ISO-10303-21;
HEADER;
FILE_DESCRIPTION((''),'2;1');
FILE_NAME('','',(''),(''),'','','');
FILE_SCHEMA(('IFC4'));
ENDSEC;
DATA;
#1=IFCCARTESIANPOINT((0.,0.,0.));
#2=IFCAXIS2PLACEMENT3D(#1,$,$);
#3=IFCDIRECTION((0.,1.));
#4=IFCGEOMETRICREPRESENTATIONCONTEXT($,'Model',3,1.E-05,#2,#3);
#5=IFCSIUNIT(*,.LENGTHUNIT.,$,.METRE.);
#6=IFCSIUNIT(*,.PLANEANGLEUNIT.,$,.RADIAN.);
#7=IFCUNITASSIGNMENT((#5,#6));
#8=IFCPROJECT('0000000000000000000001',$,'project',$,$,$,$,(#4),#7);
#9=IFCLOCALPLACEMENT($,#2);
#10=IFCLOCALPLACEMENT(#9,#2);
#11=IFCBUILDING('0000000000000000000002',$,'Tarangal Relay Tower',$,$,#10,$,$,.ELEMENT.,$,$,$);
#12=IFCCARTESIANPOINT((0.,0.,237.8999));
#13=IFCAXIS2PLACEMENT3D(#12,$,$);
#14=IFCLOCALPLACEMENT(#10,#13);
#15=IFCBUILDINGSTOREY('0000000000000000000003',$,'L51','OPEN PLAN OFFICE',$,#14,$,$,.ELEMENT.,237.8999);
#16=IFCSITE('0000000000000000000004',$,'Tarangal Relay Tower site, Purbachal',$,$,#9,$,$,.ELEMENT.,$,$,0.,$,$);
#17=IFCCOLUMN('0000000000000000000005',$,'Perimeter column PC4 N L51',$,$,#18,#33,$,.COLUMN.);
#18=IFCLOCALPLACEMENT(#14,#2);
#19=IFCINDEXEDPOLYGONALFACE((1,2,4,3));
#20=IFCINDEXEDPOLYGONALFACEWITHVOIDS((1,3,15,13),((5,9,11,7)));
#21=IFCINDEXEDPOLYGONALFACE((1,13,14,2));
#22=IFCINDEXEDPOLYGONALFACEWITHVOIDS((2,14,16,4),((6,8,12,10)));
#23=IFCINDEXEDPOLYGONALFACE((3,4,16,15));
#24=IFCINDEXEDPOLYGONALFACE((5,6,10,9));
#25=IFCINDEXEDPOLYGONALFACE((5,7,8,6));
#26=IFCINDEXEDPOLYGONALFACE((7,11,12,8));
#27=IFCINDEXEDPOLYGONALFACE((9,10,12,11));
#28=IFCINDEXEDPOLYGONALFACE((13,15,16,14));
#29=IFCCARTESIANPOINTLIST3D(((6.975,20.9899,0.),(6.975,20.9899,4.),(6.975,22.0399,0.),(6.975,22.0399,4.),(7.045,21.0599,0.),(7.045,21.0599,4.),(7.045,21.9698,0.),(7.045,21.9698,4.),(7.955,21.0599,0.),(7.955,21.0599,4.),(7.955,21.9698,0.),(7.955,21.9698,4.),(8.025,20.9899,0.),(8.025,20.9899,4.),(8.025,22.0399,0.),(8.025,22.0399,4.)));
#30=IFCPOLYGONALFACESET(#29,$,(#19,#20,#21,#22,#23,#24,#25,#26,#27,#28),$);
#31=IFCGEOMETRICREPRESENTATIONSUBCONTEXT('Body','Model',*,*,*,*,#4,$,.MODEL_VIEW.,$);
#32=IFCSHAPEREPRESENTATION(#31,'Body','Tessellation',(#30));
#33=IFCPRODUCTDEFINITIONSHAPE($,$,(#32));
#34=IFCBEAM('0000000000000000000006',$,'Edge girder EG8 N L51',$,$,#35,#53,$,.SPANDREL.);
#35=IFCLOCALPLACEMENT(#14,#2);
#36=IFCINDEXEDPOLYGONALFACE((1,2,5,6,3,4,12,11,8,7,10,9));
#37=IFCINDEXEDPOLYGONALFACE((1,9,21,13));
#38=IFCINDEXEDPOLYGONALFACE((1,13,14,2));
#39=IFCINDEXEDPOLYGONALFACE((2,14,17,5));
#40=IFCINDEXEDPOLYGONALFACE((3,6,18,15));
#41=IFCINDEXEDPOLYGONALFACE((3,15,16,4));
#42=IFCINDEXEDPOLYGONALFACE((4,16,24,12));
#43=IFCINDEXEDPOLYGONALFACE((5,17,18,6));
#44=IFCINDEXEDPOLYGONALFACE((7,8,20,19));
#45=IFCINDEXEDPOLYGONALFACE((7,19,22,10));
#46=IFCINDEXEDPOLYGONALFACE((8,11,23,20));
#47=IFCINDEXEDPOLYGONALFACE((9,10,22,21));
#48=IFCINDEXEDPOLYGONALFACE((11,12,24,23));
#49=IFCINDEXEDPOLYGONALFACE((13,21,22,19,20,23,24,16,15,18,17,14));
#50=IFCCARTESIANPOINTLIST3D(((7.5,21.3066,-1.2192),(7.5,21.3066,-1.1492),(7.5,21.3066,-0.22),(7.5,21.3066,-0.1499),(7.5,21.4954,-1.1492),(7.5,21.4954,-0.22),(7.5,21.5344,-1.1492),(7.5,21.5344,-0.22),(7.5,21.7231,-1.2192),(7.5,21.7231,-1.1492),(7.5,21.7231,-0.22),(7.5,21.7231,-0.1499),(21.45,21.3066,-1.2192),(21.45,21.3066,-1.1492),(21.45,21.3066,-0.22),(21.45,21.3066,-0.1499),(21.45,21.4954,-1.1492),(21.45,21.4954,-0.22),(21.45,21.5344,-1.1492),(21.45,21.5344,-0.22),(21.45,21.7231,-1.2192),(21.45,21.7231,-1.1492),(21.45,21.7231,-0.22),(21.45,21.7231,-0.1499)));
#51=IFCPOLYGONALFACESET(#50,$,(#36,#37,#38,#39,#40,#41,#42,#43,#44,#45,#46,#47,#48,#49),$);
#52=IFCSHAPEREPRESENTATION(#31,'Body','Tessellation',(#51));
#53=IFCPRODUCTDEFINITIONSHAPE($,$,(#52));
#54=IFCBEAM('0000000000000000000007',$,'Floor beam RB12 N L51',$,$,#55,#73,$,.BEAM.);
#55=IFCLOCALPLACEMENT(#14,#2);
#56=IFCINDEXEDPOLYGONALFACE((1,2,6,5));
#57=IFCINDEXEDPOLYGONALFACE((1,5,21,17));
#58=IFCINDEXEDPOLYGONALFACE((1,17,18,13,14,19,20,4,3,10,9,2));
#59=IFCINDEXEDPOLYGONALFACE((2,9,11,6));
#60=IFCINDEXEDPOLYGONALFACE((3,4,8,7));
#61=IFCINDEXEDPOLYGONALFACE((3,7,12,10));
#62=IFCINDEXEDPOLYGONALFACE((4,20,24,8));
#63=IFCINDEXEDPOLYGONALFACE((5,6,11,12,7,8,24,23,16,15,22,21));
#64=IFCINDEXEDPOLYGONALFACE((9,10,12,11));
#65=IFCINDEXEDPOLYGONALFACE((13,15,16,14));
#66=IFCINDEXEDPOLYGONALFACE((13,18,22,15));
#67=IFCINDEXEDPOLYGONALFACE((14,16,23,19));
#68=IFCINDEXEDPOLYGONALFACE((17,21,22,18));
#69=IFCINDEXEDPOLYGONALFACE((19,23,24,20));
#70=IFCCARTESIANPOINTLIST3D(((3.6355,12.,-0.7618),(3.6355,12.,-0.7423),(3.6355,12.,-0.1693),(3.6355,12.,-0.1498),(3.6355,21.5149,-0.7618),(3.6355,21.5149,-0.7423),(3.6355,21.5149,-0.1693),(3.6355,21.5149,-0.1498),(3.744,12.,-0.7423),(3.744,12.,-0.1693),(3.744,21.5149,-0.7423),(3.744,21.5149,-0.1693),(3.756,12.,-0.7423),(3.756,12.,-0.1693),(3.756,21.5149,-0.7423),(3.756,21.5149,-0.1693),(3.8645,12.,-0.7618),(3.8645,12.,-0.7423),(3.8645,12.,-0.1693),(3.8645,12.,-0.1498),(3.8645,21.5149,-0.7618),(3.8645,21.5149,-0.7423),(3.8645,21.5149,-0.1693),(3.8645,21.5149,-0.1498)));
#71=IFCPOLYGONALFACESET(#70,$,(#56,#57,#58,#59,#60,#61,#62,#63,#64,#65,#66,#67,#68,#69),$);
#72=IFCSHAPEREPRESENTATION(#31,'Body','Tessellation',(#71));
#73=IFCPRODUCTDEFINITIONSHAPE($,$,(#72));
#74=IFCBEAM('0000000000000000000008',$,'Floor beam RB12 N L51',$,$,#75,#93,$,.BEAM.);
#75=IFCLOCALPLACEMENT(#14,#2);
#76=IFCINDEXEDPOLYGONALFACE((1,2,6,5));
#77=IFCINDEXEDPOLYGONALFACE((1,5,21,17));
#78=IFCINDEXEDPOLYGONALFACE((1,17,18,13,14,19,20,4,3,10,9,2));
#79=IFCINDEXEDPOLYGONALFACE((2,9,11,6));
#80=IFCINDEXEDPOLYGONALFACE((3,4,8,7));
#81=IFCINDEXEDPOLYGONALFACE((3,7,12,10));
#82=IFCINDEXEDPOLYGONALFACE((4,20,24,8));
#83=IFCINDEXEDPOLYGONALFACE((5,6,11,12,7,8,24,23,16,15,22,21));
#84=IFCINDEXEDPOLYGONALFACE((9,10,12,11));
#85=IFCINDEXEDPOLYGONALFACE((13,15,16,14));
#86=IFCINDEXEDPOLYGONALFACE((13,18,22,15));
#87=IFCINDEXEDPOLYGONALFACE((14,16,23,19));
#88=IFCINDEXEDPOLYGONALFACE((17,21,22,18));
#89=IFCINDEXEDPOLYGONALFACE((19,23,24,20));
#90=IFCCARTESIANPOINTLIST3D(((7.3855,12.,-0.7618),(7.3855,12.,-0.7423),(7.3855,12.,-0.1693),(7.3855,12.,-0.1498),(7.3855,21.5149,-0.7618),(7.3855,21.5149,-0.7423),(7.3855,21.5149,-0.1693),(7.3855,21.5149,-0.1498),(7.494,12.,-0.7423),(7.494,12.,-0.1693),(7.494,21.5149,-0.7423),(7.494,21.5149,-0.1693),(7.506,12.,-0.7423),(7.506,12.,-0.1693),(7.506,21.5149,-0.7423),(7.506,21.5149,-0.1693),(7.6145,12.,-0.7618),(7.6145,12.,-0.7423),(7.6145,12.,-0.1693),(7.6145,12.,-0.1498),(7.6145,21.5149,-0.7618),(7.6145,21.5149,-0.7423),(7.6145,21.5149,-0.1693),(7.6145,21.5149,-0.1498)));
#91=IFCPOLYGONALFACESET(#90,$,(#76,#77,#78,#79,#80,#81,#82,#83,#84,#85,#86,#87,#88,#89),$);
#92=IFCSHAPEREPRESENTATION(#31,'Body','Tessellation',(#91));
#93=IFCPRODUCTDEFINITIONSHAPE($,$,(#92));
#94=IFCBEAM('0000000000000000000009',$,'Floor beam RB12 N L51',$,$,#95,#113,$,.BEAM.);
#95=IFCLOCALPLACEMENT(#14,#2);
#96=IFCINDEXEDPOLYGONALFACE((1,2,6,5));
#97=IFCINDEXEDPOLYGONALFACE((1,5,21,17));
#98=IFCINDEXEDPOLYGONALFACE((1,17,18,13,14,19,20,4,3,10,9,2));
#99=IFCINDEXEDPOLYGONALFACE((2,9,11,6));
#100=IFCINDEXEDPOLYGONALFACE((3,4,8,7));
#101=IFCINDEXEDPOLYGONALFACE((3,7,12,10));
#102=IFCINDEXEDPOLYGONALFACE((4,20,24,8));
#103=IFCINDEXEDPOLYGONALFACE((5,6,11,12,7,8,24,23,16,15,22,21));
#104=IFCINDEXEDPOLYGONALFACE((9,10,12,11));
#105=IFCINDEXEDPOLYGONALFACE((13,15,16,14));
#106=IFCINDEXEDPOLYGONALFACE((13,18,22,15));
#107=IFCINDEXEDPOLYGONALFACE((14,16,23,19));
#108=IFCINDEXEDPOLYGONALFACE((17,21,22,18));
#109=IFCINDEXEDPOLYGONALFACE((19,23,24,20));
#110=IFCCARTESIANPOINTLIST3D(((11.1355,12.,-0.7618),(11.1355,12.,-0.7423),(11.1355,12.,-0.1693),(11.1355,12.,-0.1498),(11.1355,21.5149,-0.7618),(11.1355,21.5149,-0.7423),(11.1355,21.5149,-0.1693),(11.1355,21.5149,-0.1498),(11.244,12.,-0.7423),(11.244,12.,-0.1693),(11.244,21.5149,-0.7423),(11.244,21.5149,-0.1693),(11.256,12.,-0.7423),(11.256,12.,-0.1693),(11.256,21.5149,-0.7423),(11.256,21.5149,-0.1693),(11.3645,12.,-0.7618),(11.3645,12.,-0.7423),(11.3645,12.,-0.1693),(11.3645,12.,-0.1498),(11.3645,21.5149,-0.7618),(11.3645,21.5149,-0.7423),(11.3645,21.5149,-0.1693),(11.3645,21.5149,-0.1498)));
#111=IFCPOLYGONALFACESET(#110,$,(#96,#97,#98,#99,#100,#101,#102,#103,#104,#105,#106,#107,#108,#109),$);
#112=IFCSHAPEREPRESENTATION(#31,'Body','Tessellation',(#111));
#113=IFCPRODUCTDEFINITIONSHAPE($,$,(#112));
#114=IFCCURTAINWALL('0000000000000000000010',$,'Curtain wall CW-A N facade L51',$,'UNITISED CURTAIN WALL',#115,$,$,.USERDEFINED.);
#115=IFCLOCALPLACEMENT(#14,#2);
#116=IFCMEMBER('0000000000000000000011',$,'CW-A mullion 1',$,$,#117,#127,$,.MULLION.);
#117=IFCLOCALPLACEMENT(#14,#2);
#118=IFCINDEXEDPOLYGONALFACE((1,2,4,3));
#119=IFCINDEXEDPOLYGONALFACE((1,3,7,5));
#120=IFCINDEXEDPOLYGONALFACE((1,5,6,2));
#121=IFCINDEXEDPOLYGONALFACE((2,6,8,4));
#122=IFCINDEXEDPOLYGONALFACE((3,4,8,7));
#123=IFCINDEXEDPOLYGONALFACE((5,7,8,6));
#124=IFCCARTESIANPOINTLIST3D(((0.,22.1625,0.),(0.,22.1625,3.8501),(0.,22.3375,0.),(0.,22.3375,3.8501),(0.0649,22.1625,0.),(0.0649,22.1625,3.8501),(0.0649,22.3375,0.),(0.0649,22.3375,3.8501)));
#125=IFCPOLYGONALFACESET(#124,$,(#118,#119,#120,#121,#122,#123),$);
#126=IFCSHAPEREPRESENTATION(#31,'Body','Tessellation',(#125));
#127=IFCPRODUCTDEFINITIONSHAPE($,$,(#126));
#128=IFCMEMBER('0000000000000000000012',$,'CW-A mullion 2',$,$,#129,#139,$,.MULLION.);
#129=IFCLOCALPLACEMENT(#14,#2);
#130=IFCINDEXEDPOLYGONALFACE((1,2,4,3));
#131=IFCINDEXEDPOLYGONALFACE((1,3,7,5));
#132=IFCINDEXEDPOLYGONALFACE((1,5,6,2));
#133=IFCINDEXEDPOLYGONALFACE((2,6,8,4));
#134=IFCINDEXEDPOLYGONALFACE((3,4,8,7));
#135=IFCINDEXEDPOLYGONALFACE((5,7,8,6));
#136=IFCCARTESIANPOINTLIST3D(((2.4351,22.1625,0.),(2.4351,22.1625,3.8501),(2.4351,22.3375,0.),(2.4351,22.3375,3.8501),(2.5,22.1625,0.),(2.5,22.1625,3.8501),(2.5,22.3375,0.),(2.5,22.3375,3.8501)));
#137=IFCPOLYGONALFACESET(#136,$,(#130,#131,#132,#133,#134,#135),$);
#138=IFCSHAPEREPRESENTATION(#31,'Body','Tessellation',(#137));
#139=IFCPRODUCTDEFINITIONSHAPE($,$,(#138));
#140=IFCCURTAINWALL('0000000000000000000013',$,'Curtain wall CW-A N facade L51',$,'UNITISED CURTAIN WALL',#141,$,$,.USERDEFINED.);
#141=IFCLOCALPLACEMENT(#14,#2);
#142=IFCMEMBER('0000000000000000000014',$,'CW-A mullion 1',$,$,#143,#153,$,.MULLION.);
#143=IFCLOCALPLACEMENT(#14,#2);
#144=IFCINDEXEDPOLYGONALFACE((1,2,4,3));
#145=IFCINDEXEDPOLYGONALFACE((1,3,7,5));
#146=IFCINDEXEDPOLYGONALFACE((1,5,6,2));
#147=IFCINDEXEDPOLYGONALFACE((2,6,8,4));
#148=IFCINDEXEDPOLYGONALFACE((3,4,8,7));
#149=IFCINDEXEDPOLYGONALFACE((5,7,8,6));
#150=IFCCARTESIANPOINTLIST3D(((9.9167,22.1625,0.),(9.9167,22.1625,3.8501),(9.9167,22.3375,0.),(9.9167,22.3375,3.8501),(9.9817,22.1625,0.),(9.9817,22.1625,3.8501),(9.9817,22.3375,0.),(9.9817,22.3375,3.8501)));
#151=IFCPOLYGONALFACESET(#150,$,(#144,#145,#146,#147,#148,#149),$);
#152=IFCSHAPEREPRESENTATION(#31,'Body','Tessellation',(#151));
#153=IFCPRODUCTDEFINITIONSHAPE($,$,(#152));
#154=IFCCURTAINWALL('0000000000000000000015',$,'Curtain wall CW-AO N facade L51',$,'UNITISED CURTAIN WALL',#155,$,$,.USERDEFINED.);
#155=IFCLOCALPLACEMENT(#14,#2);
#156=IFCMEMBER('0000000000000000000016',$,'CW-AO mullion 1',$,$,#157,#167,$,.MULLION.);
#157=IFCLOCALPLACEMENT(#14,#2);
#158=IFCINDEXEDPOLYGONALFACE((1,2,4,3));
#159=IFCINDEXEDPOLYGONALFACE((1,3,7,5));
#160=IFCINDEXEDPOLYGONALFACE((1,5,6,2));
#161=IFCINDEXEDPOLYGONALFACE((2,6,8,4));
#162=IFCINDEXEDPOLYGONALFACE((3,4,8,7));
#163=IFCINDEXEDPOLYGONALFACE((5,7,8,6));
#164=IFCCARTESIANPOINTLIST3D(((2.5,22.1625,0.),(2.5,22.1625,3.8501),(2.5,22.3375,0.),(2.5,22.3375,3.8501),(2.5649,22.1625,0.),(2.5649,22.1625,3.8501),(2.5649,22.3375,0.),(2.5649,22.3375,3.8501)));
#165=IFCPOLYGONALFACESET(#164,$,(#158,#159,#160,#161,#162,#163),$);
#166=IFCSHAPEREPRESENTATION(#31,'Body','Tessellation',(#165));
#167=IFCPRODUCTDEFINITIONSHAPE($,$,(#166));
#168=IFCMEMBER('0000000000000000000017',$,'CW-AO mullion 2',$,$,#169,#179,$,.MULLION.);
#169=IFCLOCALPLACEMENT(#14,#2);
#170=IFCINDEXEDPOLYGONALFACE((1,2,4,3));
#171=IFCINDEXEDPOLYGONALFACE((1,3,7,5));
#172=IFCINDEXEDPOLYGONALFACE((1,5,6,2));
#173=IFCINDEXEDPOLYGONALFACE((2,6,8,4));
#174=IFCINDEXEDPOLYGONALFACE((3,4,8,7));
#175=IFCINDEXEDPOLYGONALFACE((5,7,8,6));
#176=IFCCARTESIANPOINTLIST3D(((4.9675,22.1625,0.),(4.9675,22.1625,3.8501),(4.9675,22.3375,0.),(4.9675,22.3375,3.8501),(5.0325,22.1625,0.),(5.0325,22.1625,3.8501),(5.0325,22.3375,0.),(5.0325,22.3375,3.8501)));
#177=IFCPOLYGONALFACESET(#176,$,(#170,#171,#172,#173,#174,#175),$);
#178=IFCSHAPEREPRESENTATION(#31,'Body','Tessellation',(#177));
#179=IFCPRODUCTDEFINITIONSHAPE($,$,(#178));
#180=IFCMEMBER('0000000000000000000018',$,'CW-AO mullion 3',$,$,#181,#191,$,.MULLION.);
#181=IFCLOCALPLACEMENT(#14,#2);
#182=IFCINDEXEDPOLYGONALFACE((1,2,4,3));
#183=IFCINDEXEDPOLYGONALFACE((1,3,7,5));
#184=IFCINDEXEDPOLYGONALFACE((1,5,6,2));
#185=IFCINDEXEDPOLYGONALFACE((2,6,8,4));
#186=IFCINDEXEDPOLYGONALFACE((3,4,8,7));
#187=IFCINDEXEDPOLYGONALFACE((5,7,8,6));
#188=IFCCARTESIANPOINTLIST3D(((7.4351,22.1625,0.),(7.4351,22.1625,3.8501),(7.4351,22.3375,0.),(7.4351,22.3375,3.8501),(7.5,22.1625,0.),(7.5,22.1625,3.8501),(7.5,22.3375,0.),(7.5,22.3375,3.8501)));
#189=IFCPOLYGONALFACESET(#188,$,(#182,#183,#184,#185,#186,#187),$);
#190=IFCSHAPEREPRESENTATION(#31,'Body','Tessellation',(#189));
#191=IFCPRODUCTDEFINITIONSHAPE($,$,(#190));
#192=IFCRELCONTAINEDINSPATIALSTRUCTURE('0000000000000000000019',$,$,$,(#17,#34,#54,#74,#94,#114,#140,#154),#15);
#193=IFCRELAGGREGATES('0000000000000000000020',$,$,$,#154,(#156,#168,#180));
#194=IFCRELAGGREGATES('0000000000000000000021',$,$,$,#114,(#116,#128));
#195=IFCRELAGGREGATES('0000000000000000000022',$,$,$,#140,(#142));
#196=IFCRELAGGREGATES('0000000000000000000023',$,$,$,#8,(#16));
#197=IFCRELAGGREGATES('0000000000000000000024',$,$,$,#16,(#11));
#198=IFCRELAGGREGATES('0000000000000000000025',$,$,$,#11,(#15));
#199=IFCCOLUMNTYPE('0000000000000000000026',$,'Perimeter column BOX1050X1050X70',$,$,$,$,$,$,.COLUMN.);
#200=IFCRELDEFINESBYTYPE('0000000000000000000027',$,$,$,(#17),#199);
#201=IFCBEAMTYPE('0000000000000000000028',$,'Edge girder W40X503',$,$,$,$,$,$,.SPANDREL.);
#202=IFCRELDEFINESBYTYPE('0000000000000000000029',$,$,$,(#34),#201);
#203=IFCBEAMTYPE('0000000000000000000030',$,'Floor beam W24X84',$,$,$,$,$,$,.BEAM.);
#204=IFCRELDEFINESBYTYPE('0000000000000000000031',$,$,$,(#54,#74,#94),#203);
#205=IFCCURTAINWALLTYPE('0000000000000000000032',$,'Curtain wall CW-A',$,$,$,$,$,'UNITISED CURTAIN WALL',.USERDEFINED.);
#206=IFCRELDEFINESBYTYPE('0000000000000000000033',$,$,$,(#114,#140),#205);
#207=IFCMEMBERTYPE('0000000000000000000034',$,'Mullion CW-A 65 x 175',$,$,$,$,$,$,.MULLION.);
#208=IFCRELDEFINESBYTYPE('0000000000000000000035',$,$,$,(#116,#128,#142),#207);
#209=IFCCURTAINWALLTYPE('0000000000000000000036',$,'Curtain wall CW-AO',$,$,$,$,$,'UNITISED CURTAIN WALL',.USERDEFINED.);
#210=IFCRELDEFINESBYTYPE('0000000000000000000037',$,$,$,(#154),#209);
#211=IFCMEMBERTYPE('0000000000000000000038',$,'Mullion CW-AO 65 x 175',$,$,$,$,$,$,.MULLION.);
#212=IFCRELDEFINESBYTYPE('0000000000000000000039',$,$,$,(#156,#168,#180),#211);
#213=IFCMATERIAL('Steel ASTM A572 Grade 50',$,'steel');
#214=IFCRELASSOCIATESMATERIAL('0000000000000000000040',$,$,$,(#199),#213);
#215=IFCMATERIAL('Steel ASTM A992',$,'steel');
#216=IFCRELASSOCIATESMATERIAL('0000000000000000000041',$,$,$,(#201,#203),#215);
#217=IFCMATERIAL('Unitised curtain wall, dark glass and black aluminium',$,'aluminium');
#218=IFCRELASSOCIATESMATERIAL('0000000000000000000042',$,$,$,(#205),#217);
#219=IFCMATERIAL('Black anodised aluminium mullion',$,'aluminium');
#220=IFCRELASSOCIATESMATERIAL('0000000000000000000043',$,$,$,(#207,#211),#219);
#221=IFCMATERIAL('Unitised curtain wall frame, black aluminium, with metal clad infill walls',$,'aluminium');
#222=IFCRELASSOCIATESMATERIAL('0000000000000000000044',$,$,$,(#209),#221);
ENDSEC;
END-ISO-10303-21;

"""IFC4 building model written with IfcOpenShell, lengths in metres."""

from ifc_helpers import new_model, si_unit, direction, frame, origin, origin_2d, place, context, subcontext, project, spatial, rectangle, hollow_rectangle, i_section, extrude, material, material_profile, profile_set, type_object, element, aggregate, save


model = new_model("IFC4")

# Units and contexts
model_context = context("Model", 3, precision=1e-05, world=origin(), true_north=direction((0.0, 1.0)))
body_context = subcontext(model_context, "Body", "Model", "MODEL_VIEW")
ifc_project = project(units=[si_unit("LENGTHUNIT", "METRE"), si_unit("PLANEANGLEUNIT", "RADIAN")], contexts=[model_context])

# Site, building, storey
site_placement = place(None, origin())
site = spatial("IfcSite", under=ifc_project, at=site_placement, Name="Tarangal Relay Tower site, Purbachal", CompositionType="ELEMENT", RefElevation=0.0)
building_placement = place(site_placement, origin())
building = spatial("IfcBuilding", under=site, at=building_placement, Name="Tarangal Relay Tower", CompositionType="ELEMENT")
storey_placement = place(building_placement, frame((0.0, 0.0, 237.8999)))
storey = spatial("IfcBuildingStorey", under=building, at=storey_placement, Name="L51", Description="OPEN PLAN OFFICE", CompositionType="ELEMENT", Elevation=237.8999)

# Column
ifc_material_1 = material(Name="Steel ASTM A572 Grade 50", Category="steel")
ifc_material_profile_1 = material_profile(ifc_material_1, hollow_rectangle(XDim=1.05, YDim=1.05, WallThickness=0.0701, at=origin_2d()), Name="BOX1050X1050X70")
ifc_profile_set_1 = profile_set([ifc_material_profile_1], Name="Steel ASTM A572 Grade 50")
column_type = type_object("IfcColumnType", Name="Perimeter column BOX1050X1050X70", PredefinedType="COLUMN", material=ifc_profile_set_1)
column_placement = place(storey_placement, frame((7.5, 21.5149, 0.0), z_axis=(0.0, 0.0, 1.0), x_axis=(1.0, 0.0, 0.0)))
element("IfcColumn", 1, at=column_placement, inside=storey, type_object=column_type, Name="Perimeter column PC4 N L51", PredefinedType="COLUMN", context=body_context, shape_type="SweptSolid", body=[
    extrude(hollow_rectangle(XDim=1.05, YDim=1.05, WallThickness=0.0701, at=origin_2d()), origin(), (0.0, 0.0, 1.0), 4.0),
])

# Beams
ifc_material_2 = material(Name="Steel ASTM A992", Category="steel")
ifc_material_profile_2 = material_profile(ifc_material_2, i_section(OverallWidth=0.4165, OverallDepth=1.0693, WebThickness=0.0391, FlangeThickness=0.0701, at=origin_2d()), Name="W40X503")
ifc_profile_set_2 = profile_set([ifc_material_profile_2], Name="Steel ASTM A992")
beam_type_1 = type_object("IfcBeamType", Name="Edge girder W40X503", PredefinedType="SPANDREL", material=ifc_profile_set_2)
beam_placement = place(storey_placement, frame((7.5, 21.5149, -0.6846), z_axis=(1.0, 0.0, 0.0), x_axis=(0.0, 1.0, 0.0)))
element("IfcBeam", 2, at=beam_placement, inside=storey, type_object=beam_type_1, Name="Edge girder EG8 N L51", PredefinedType="SPANDREL", context=body_context, shape_type="SweptSolid", body=[
    extrude(i_section(OverallWidth=0.4165, OverallDepth=1.0693, WebThickness=0.0391, FlangeThickness=0.0701, at=origin_2d()), origin(), (0.0, 0.0, 1.0), 13.95),
])
ifc_material_profile_3 = material_profile(ifc_material_2, i_section(OverallWidth=0.229, OverallDepth=0.6121, WebThickness=0.012, FlangeThickness=0.0195, at=origin_2d()), Name="W24X84")
ifc_profile_set_3 = profile_set([ifc_material_profile_3], Name="Steel ASTM A992")
beam_type_2 = type_object("IfcBeamType", Name="Floor beam W24X84", PredefinedType="BEAM", material=ifc_profile_set_3)
for number, where, z_axis, x_axis, name in (
    (3, (3.75, 12.0, -0.4558), (0.0, 1.0, 0.0), (-1.0, 0.0, 0.0), "Floor beam RB12 N L51"),
    (4, (7.5, 12.0, -0.4558), (0.0, 1.0, 0.0), (-1.0, 0.0, 0.0), "Floor beam RB12 N L51"),
    (5, (11.25, 12.0, -0.4558), (0.0, 1.0, 0.0), (-1.0, 0.0, 0.0), "Floor beam RB12 N L51"),
):
    element("IfcBeam", number, at=place(storey_placement, frame(where, z_axis=z_axis, x_axis=x_axis)), inside=storey, type_object=beam_type_2, Name=name, PredefinedType="BEAM", context=body_context, shape_type="SweptSolid", body=[
        extrude(i_section(OverallWidth=0.229, OverallDepth=0.6121, WebThickness=0.012, FlangeThickness=0.0195, at=origin_2d()), origin(), (0.0, 0.0, 1.0), 9.5149),
    ])

# Curtain wall, members
ifc_material_3 = material(Name="Unitised curtain wall, dark glass and black aluminium", Category="aluminium")
curtain_wall_type_1 = type_object("IfcCurtainWallType", Name="Curtain wall CW-A", ElementType="UNITISED CURTAIN WALL", PredefinedType="USERDEFINED", material=ifc_material_3)
curtain_wall_1_placement = place(storey_placement, origin())
curtain_wall_1 = element("IfcCurtainWall", 6, at=curtain_wall_1_placement, inside=storey, type_object=curtain_wall_type_1, Name="Curtain wall CW-A N facade L51", ObjectType="UNITISED CURTAIN WALL", PredefinedType="USERDEFINED")
ifc_material_4 = material(Name="Black anodised aluminium mullion", Category="aluminium")
ifc_material_profile_4 = material_profile(ifc_material_4, rectangle(XDim=0.175, YDim=0.0649, at=origin_2d()), Name="CW-AM 65X175")
ifc_profile_set_4 = profile_set([ifc_material_profile_4], Name="Black anodised aluminium mullion")
member_type_1 = type_object("IfcMemberType", Name="Mullion CW-A 65 x 175", PredefinedType="MULLION", material=ifc_profile_set_4)
member_1_placement = place(storey_placement, frame((0.0325, 22.25, 0.0), z_axis=(0.0, 0.0, 1.0), x_axis=(0.0, 1.0, 0.0)))
member_1 = element("IfcMember", 7, at=member_1_placement, type_object=member_type_1, Name="CW-A mullion 1", PredefinedType="MULLION", context=body_context, shape_type="SweptSolid", body=[
    extrude(rectangle(XDim=0.175, YDim=0.0649, at=origin_2d()), origin(), (0.0, 0.0, 1.0), 3.8501),
])
member_2_placement = place(storey_placement, frame((2.4675, 22.25, 0.0), z_axis=(0.0, 0.0, 1.0), x_axis=(0.0, 1.0, 0.0)))
member_2 = element("IfcMember", 8, at=member_2_placement, type_object=member_type_1, Name="CW-A mullion 2", PredefinedType="MULLION", context=body_context, shape_type="SweptSolid", body=[
    extrude(rectangle(XDim=0.175, YDim=0.0649, at=origin_2d()), origin(), (0.0, 0.0, 1.0), 3.8501),
])

# Curtain wall, member
curtain_wall_2_placement = place(storey_placement, origin())
curtain_wall_2 = element("IfcCurtainWall", 9, at=curtain_wall_2_placement, inside=storey, type_object=curtain_wall_type_1, Name="Curtain wall CW-A N facade L51", ObjectType="UNITISED CURTAIN WALL", PredefinedType="USERDEFINED")
member_3_placement = place(storey_placement, frame((9.9492, 22.25, 0.0), z_axis=(0.0, 0.0, 1.0), x_axis=(0.0, 1.0, 0.0)))
member_3 = element("IfcMember", 10, at=member_3_placement, type_object=member_type_1, Name="CW-A mullion 1", PredefinedType="MULLION", context=body_context, shape_type="SweptSolid", body=[
    extrude(rectangle(XDim=0.175, YDim=0.0649, at=origin_2d()), origin(), (0.0, 0.0, 1.0), 3.8501),
])

# Curtain wall, members
ifc_material_5 = material(Name="Unitised curtain wall frame, black aluminium, with metal clad infill walls", Category="aluminium")
curtain_wall_type_2 = type_object("IfcCurtainWallType", Name="Curtain wall CW-AO", ElementType="UNITISED CURTAIN WALL", PredefinedType="USERDEFINED", material=ifc_material_5)
curtain_wall_3_placement = place(storey_placement, origin())
curtain_wall_3 = element("IfcCurtainWall", 11, at=curtain_wall_3_placement, inside=storey, type_object=curtain_wall_type_2, Name="Curtain wall CW-AO N facade L51", ObjectType="UNITISED CURTAIN WALL", PredefinedType="USERDEFINED")
ifc_material_profile_5 = material_profile(ifc_material_4, rectangle(XDim=0.175, YDim=0.0649, at=origin_2d()), Name="CW-AOM 65X175")
ifc_profile_set_5 = profile_set([ifc_material_profile_5], Name="Black anodised aluminium mullion")
member_type_2 = type_object("IfcMemberType", Name="Mullion CW-AO 65 x 175", PredefinedType="MULLION", material=ifc_profile_set_5)
member_4_placement = place(storey_placement, frame((2.5325, 22.25, 0.0), z_axis=(0.0, 0.0, 1.0), x_axis=(0.0, 1.0, 0.0)))
member_4 = element("IfcMember", 12, at=member_4_placement, type_object=member_type_2, Name="CW-AO mullion 1", PredefinedType="MULLION", context=body_context, shape_type="SweptSolid", body=[
    extrude(rectangle(XDim=0.175, YDim=0.0649, at=origin_2d()), origin(), (0.0, 0.0, 1.0), 3.8501),
])
member_5_placement = place(storey_placement, frame((5.0, 22.25, 0.0), z_axis=(0.0, 0.0, 1.0), x_axis=(0.0, 1.0, 0.0)))
member_5 = element("IfcMember", 13, at=member_5_placement, type_object=member_type_2, Name="CW-AO mullion 2", PredefinedType="MULLION", context=body_context, shape_type="SweptSolid", body=[
    extrude(rectangle(XDim=0.175, YDim=0.0649, at=origin_2d()), origin(), (0.0, 0.0, 1.0), 3.8501),
])
member_6_placement = place(storey_placement, frame((7.4675, 22.25, 0.0), z_axis=(0.0, 0.0, 1.0), x_axis=(0.0, 1.0, 0.0)))
member_6 = element("IfcMember", 14, at=member_6_placement, type_object=member_type_2, Name="CW-AO mullion 3", PredefinedType="MULLION", context=body_context, shape_type="SweptSolid", body=[
    extrude(rectangle(XDim=0.175, YDim=0.0649, at=origin_2d()), origin(), (0.0, 0.0, 1.0), 3.8501),
])

aggregate(curtain_wall_3, [member_4, member_5, member_6])

aggregate(curtain_wall_1, [member_1, member_2])
aggregate(curtain_wall_2, [member_3])

save(model, "model.ifc")
